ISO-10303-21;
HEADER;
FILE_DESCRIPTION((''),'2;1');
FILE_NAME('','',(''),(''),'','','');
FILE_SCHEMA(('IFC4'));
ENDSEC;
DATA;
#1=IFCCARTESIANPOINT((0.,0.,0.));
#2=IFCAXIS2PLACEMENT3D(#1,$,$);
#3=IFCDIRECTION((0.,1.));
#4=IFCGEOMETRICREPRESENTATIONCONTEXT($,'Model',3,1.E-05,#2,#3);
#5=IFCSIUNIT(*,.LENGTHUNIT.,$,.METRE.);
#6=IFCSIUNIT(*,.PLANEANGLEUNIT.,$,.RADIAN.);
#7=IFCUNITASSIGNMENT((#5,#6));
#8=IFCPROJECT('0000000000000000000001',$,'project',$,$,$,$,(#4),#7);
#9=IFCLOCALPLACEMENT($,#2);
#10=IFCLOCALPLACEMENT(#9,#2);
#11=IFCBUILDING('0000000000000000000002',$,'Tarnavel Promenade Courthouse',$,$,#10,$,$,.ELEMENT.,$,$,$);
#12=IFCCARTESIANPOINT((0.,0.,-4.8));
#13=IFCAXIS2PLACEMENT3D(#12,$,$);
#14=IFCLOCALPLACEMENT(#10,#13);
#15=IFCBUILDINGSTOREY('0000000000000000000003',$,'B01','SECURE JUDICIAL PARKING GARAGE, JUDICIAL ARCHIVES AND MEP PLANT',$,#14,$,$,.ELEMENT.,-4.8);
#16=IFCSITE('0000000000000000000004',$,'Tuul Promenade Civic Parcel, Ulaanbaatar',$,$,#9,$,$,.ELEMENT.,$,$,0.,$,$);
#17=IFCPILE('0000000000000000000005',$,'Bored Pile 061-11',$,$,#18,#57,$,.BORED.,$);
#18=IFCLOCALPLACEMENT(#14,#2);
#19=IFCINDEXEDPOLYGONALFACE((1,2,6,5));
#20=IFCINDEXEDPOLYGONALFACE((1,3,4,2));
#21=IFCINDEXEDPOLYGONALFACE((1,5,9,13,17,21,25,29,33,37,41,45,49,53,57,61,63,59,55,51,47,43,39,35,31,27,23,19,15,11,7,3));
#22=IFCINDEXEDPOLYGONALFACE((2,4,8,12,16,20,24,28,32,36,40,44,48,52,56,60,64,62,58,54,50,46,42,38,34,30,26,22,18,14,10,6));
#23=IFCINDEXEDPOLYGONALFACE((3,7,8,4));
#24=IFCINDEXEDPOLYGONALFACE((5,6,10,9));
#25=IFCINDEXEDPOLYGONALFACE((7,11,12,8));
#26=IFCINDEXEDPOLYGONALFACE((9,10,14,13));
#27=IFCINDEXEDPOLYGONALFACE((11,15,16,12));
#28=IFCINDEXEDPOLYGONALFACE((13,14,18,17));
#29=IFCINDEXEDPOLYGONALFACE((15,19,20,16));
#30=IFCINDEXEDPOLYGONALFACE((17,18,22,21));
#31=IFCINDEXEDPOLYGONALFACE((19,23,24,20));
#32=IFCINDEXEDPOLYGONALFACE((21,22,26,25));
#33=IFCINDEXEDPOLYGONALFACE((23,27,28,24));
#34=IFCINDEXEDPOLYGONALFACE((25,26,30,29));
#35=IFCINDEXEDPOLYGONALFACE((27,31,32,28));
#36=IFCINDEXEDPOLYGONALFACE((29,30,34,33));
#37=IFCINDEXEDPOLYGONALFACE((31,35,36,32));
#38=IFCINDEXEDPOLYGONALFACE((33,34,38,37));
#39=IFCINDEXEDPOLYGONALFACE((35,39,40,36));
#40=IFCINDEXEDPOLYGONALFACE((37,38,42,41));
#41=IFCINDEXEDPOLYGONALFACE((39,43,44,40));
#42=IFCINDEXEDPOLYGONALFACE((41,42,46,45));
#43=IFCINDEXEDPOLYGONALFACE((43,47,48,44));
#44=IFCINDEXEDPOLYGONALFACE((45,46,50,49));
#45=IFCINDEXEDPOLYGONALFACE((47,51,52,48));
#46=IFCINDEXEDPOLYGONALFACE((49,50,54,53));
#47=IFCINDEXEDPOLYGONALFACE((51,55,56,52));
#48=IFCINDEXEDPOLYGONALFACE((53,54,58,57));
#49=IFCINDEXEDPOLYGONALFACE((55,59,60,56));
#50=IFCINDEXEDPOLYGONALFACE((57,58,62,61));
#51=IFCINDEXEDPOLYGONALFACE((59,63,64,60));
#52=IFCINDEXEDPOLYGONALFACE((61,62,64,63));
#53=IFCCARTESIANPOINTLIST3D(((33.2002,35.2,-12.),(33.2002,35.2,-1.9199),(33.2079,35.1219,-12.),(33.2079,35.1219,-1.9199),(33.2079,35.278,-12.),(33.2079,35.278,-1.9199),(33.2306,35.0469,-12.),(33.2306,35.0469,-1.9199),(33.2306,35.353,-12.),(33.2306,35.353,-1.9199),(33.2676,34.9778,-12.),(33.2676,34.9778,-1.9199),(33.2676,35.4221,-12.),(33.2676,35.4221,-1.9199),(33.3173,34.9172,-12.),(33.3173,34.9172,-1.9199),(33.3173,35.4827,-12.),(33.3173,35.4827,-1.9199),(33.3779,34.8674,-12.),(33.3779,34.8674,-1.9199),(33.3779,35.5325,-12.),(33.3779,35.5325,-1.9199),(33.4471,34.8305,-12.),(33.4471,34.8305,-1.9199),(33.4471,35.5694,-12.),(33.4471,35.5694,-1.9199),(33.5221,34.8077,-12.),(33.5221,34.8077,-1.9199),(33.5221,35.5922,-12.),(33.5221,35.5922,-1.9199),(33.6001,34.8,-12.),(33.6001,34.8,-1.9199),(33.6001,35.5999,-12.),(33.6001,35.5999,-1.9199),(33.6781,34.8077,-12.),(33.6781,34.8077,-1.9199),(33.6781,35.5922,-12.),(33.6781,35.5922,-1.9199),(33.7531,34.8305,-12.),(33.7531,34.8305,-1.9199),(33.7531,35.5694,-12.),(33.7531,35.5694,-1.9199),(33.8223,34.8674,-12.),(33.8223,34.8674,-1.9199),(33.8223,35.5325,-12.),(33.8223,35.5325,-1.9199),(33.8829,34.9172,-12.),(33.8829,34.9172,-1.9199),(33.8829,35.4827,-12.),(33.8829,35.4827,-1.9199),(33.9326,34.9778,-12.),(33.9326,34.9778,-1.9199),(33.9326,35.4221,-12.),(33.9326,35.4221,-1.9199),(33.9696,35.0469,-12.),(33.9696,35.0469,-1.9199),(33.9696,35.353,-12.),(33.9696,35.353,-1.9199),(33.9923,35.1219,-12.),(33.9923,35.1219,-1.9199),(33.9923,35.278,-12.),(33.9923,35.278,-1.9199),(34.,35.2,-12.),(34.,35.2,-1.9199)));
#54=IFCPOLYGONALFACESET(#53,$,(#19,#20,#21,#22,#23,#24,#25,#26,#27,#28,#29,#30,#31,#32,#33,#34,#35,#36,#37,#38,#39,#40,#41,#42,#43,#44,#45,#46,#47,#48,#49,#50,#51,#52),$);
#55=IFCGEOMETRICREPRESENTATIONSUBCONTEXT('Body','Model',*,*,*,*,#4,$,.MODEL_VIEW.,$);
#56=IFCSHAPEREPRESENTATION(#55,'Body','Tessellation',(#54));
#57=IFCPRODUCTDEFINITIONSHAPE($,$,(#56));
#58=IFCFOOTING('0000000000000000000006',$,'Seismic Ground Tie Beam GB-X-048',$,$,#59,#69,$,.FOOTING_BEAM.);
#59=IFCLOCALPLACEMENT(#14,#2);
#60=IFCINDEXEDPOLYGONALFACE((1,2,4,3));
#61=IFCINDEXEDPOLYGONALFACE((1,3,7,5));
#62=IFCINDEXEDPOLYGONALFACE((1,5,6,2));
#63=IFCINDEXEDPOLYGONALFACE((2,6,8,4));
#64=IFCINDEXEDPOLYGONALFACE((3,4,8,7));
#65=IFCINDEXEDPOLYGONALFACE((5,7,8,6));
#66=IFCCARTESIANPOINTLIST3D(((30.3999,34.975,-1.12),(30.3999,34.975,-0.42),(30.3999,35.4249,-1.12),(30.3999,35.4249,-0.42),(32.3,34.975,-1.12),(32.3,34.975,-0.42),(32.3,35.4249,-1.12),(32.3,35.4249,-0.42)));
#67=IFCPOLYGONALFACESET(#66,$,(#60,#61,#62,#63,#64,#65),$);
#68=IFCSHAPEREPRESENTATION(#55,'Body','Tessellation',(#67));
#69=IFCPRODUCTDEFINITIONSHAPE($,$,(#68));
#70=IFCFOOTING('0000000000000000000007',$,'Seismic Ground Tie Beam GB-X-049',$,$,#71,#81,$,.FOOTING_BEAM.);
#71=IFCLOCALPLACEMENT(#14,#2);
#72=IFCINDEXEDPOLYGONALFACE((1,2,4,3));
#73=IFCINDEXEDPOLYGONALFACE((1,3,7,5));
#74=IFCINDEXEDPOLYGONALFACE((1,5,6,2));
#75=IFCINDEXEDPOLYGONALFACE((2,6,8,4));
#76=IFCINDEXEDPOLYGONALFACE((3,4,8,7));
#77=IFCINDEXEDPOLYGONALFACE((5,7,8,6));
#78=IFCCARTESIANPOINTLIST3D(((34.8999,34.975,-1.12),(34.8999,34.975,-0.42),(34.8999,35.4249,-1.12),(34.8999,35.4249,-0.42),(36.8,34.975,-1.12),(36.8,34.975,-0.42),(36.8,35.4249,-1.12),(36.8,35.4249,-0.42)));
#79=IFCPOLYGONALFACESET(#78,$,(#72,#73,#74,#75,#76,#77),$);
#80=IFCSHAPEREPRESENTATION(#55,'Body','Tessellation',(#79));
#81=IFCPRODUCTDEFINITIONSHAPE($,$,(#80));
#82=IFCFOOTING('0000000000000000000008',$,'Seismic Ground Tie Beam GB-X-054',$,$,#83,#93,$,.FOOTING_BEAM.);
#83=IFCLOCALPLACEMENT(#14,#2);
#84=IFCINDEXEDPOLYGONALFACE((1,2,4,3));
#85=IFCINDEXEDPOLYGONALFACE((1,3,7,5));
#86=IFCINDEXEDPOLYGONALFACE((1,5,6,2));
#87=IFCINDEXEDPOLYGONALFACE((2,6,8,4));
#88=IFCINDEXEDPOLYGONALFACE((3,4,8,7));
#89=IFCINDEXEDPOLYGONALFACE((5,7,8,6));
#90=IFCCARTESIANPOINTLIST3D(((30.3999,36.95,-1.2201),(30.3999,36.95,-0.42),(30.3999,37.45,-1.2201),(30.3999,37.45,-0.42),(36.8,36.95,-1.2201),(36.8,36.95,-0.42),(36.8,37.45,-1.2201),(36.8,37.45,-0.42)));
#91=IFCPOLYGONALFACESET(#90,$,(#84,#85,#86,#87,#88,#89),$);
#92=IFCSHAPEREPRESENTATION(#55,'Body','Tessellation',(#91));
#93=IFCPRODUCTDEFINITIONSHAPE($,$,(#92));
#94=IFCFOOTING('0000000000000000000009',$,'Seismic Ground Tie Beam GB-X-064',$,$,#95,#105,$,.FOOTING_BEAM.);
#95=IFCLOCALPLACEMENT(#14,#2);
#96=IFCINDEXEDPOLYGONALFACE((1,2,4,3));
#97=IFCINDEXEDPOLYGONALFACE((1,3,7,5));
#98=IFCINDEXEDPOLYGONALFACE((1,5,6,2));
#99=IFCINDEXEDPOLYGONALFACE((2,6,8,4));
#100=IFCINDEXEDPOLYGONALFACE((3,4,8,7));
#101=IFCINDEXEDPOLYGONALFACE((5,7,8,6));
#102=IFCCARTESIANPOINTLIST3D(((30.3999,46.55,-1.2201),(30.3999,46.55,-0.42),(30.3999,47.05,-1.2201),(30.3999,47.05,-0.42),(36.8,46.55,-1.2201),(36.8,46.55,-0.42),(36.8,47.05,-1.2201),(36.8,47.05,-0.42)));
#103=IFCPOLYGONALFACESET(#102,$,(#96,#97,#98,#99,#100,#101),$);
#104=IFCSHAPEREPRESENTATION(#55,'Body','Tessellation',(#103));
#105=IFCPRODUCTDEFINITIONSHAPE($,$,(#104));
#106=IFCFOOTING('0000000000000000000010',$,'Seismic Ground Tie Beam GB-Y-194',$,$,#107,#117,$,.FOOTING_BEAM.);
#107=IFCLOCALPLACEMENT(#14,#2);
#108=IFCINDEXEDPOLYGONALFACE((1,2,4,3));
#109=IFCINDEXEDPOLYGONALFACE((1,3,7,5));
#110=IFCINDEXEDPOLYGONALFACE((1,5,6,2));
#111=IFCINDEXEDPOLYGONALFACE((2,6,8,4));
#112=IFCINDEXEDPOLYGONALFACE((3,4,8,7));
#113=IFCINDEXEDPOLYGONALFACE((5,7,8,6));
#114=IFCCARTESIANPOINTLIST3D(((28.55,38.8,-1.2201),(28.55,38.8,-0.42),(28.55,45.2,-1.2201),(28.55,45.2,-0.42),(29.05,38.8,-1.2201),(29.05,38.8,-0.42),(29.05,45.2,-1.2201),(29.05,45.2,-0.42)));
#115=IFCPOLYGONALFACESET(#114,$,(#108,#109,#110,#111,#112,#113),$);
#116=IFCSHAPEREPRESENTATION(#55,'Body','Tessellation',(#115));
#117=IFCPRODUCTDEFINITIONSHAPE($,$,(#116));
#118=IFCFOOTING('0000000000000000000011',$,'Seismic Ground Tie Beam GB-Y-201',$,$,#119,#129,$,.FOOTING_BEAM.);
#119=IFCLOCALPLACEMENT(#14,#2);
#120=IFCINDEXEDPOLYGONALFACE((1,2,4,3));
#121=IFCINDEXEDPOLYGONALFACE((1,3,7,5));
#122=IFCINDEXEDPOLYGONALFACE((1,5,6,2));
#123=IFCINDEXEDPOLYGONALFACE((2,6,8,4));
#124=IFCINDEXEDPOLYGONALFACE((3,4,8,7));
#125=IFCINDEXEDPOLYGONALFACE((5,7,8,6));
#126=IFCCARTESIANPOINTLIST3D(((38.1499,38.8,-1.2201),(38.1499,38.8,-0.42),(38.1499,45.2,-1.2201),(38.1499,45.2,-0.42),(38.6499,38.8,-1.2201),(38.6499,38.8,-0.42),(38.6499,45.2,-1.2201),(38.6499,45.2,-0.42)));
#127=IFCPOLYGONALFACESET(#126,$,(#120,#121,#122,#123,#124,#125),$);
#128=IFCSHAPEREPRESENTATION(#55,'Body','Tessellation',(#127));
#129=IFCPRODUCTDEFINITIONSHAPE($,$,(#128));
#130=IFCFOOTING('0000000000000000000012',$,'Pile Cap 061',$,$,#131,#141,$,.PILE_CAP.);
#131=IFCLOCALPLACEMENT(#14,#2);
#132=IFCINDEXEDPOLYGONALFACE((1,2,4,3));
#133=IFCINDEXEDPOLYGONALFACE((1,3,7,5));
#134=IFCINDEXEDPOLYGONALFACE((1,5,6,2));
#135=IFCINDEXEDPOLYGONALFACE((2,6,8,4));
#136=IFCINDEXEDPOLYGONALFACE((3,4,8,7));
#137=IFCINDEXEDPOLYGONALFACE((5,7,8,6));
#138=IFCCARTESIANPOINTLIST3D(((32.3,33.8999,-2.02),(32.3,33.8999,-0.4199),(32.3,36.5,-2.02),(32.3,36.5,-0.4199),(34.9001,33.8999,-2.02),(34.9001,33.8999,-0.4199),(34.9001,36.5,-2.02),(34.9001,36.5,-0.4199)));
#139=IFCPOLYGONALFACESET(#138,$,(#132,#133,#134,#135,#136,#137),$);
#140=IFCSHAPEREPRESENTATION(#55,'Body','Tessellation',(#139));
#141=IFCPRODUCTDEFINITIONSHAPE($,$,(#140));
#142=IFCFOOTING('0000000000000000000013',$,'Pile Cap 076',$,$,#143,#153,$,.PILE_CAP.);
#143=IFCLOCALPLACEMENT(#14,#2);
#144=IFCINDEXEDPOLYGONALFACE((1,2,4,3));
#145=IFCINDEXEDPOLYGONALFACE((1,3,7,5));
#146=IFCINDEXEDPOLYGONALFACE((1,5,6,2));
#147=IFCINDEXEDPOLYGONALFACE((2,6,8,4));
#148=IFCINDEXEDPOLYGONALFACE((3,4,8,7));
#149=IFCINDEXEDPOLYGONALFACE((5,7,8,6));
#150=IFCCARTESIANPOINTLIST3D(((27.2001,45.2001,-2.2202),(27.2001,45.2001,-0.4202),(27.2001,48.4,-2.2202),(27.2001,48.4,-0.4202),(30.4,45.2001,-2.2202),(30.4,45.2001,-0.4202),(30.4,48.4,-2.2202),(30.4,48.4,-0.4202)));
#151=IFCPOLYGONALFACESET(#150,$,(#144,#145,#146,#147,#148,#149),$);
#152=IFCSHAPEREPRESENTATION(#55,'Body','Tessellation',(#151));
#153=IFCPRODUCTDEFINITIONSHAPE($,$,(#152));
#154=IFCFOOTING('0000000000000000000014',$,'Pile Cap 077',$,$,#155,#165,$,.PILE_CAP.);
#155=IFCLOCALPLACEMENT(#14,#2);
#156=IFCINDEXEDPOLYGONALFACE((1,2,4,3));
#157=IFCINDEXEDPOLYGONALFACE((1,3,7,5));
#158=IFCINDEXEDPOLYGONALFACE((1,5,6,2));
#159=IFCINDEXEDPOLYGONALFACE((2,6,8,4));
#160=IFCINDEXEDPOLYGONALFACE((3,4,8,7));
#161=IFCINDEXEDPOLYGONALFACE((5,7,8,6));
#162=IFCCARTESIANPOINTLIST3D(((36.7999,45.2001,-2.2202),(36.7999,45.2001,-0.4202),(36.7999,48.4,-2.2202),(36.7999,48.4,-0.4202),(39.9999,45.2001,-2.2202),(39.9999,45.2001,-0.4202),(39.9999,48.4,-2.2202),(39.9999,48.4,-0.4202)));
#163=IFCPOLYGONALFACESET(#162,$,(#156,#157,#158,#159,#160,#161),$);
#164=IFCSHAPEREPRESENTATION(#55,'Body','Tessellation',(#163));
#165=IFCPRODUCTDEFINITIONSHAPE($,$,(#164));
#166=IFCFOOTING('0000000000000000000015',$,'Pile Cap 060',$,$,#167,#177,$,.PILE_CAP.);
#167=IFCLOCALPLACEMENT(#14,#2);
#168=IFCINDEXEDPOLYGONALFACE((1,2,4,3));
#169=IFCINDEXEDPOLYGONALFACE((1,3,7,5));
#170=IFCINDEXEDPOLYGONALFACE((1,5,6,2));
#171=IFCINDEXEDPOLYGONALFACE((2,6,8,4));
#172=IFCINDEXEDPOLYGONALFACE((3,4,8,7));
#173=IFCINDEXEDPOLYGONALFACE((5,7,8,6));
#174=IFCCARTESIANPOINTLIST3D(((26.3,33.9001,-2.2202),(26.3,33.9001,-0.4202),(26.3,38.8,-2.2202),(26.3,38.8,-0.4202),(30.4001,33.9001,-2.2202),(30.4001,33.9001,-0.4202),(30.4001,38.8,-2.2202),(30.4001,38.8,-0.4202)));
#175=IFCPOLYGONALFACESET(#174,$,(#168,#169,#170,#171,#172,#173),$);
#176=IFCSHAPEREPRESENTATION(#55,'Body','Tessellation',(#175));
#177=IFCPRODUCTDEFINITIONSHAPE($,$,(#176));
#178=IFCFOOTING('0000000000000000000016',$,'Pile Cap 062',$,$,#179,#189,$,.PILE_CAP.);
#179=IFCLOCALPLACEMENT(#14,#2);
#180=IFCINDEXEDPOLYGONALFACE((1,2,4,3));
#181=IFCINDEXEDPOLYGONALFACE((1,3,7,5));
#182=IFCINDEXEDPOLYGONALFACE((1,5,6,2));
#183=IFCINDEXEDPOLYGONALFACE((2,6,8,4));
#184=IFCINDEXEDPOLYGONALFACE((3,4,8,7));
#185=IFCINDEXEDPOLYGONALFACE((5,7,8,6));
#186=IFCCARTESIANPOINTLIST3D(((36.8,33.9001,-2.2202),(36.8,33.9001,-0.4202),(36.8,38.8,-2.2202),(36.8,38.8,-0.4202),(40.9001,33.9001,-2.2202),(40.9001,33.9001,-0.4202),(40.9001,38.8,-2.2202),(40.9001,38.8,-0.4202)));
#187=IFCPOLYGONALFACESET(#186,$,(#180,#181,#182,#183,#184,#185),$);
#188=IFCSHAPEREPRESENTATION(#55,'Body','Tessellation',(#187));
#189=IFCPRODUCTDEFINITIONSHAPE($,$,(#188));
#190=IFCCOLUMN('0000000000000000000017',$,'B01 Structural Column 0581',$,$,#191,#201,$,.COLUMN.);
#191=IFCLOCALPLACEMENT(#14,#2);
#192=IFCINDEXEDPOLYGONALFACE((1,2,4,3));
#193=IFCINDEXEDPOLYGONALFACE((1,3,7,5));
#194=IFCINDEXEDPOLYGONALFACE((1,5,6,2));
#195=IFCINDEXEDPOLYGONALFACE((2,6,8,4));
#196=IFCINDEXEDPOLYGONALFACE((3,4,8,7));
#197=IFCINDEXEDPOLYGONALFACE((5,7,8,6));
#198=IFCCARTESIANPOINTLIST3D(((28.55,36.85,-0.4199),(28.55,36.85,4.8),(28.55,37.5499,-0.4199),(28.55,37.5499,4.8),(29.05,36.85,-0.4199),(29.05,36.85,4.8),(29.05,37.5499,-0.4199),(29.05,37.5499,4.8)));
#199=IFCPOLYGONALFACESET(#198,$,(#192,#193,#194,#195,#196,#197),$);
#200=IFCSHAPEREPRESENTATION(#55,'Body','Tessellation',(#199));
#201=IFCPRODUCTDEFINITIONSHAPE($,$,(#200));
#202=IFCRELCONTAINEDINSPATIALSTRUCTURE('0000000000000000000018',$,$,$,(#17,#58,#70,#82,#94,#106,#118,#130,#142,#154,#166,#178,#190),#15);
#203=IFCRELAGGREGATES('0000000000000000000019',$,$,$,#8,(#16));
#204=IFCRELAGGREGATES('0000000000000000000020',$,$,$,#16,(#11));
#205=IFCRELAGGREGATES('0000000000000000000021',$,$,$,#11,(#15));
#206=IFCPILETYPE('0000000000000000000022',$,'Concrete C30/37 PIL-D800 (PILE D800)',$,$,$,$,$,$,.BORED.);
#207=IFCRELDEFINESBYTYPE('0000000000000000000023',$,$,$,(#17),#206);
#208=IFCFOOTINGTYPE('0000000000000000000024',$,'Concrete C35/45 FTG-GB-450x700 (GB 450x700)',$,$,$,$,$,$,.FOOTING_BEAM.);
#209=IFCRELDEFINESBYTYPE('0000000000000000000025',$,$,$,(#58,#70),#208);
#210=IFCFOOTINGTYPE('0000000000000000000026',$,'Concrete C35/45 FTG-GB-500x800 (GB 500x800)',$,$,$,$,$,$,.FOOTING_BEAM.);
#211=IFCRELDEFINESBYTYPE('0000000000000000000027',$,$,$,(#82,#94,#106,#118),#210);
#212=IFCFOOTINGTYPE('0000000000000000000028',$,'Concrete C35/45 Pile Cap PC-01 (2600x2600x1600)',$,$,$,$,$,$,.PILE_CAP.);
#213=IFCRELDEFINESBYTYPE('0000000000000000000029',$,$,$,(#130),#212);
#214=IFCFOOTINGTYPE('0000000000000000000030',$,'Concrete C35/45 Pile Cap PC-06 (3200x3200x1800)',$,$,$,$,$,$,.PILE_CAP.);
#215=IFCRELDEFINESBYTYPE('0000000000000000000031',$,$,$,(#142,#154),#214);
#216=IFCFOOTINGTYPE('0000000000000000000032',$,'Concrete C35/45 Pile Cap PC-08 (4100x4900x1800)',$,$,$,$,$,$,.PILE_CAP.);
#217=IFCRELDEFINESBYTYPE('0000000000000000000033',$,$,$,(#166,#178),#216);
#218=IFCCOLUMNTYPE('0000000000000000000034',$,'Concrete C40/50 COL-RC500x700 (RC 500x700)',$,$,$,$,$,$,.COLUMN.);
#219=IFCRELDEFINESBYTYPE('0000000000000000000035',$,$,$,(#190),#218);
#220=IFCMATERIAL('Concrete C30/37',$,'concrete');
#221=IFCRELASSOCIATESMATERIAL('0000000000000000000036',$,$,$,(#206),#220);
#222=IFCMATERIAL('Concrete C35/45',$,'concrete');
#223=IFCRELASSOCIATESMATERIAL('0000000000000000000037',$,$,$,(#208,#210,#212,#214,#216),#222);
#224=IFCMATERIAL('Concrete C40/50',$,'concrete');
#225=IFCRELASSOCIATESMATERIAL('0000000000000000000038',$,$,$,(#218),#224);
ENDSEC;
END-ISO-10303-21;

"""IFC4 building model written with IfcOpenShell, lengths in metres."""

from ifc_helpers import new_model, si_unit, direction, frame, origin, origin_2d, place, context, subcontext, project, spatial, rectangle, circle, extrude, material, material_profile, profile_set, type_object, element, save


model = new_model("IFC4")

# Units and contexts
model_context = context("Model", 3, precision=1e-05, world=origin(), true_north=direction((0.0, 1.0)))
body_context = subcontext(model_context, "Body", "Model", "MODEL_VIEW")
ifc_project = project(units=[si_unit("LENGTHUNIT", "METRE"), si_unit("PLANEANGLEUNIT", "RADIAN")], contexts=[model_context])

# Site, building, storey
site_placement = place(None, origin())
site = spatial("IfcSite", under=ifc_project, at=site_placement, Name="Tuul Promenade Civic Parcel, Ulaanbaatar", CompositionType="ELEMENT", RefElevation=0.0)
building_placement = place(site_placement, origin())
building = spatial("IfcBuilding", under=site, at=building_placement, Name="Tarnavel Promenade Courthouse", CompositionType="ELEMENT")
storey_placement = place(building_placement, frame((0.0, 0.0, -4.8)))
storey = spatial("IfcBuildingStorey", under=building, at=storey_placement, Name="B01", Description="SECURE JUDICIAL PARKING GARAGE, JUDICIAL ARCHIVES AND MEP PLANT", CompositionType="ELEMENT", Elevation=-4.8)

# Pile
ifc_material_1 = material(Name="Concrete C30/37", Category="concrete")
ifc_material_profile_1 = material_profile(ifc_material_1, circle(Radius=0.3999, at=origin_2d()), Name="PILE D800")
ifc_profile_set_1 = profile_set([ifc_material_profile_1], Name="Concrete C30/37")
pile_type_1 = type_object("IfcPileType", Name="Concrete C30/37 PIL-D800 (PILE D800)", PredefinedType="BORED", material=ifc_profile_set_1)
pile_placement = place(storey_placement, frame((33.6001, 35.2, -1.9199), z_axis=(0.0, 0.0, -1.0), x_axis=(1.0, 0.0, 0.0)))
element("IfcPile", 1, at=pile_placement, inside=storey, type_object=pile_type_1, Name="Bored Pile 061-11", PredefinedType="BORED", context=body_context, shape_type="SweptSolid", body=[
    extrude(circle(Radius=0.3999, at=origin_2d()), origin(), (0.0, 0.0, 1.0), 10.0801),
])

# Footings
ifc_material_2 = material(Name="Concrete C35/45", Category="concrete")
ifc_material_profile_2 = material_profile(ifc_material_2, rectangle(XDim=0.45, YDim=0.7, at=origin_2d()), Name="GB 450x700")
ifc_profile_set_2 = profile_set([ifc_material_profile_2], Name="Concrete C35/45")
footing_type_1 = type_object("IfcFootingType", Name="Concrete C35/45 FTG-GB-450x700 (GB 450x700)", PredefinedType="FOOTING_BEAM", material=ifc_profile_set_2)
for number, where, z_axis, x_axis, name in (
    (2, (30.3999, 35.2, -0.77), (1.0, 0.0, 0.0), (0.0, 1.0, 0.0), "Seismic Ground Tie Beam GB-X-048"),
    (3, (34.8999, 35.2, -0.77), (1.0, 0.0, 0.0), (0.0, 1.0, 0.0), "Seismic Ground Tie Beam GB-X-049"),
):
    element("IfcFooting", number, at=place(storey_placement, frame(where, z_axis=z_axis, x_axis=x_axis)), inside=storey, type_object=footing_type_1, Name=name, PredefinedType="FOOTING_BEAM", context=body_context, shape_type="SweptSolid", body=[
        extrude(rectangle(XDim=0.45, YDim=0.7, at=origin_2d()), origin(), (0.0, 0.0, 1.0), 1.9001),
    ])
ifc_material_profile_3 = material_profile(ifc_material_2, rectangle(XDim=0.5, YDim=0.8, at=origin_2d()), Name="GB 500x800")
ifc_profile_set_3 = profile_set([ifc_material_profile_3], Name="Concrete C35/45")
footing_type_2 = type_object("IfcFootingType", Name="Concrete C35/45 FTG-GB-500x800 (GB 500x800)", PredefinedType="FOOTING_BEAM", material=ifc_profile_set_3)
for number, where, z_axis, x_axis, name in (
    (4, (30.3999, 37.2, -0.8201), (1.0, 0.0, 0.0), (0.0, 1.0, 0.0), "Seismic Ground Tie Beam GB-X-054"),
    (5, (30.3999, 46.8, -0.8201), (1.0, 0.0, 0.0), (0.0, 1.0, 0.0), "Seismic Ground Tie Beam GB-X-064"),
):
    element("IfcFooting", number, at=place(storey_placement, frame(where, z_axis=z_axis, x_axis=x_axis)), inside=storey, type_object=footing_type_2, Name=name, PredefinedType="FOOTING_BEAM", context=body_context, shape_type="SweptSolid", body=[
        extrude(rectangle(XDim=0.5, YDim=0.8, at=origin_2d()), origin(), (0.0, 0.0, 1.0), 6.4001),
    ])
for number, where, z_axis, x_axis, name in (
    (6, (28.8, 38.8, -0.8201), (0.0, 1.0, 0.0), (-1.0, 0.0, 0.0), "Seismic Ground Tie Beam GB-Y-194"),
    (7, (38.3999, 38.8, -0.8201), (0.0, 1.0, 0.0), (-1.0, 0.0, 0.0), "Seismic Ground Tie Beam GB-Y-201"),
):
    element("IfcFooting", number, at=place(storey_placement, frame(where, z_axis=z_axis, x_axis=x_axis)), inside=storey, type_object=footing_type_2, Name=name, PredefinedType="FOOTING_BEAM", context=body_context, shape_type="SweptSolid", body=[
        extrude(rectangle(XDim=0.5, YDim=0.8, at=origin_2d()), origin(), (0.0, 0.0, 1.0), 6.3999),
    ])
footing_type_3 = type_object("IfcFootingType", Name="Concrete C35/45 Pile Cap PC-01 (2600x2600x1600)", PredefinedType="PILE_CAP", material=ifc_material_2)
footing_placement = place(storey_placement, frame((33.6001, 35.2, -2.02), z_axis=(0.0, 0.0, 1.0), x_axis=(1.0, 0.0, 0.0)))
element("IfcFooting", 8, at=footing_placement, inside=storey, type_object=footing_type_3, Name="Pile Cap 061", PredefinedType="PILE_CAP", context=body_context, shape_type="SweptSolid", body=[
    extrude(rectangle(XDim=2.6001, YDim=2.6001, at=origin_2d()), origin(), (0.0, 0.0, 1.0), 1.6001),
])
footing_type_4 = type_object("IfcFootingType", Name="Concrete C35/45 Pile Cap PC-06 (3200x3200x1800)", PredefinedType="PILE_CAP", material=ifc_material_2)
for number, where, z_axis, x_axis, name in (
    (9, (28.8, 46.8, -2.2202), (0.0, 0.0, 1.0), (1.0, 0.0, 0.0), "Pile Cap 076"),
    (10, (38.3999, 46.8, -2.2202), (0.0, 0.0, 1.0), (1.0, 0.0, 0.0), "Pile Cap 077"),
):
    element("IfcFooting", number, at=place(storey_placement, frame(where, z_axis=z_axis, x_axis=x_axis)), inside=storey, type_object=footing_type_4, Name=name, PredefinedType="PILE_CAP", context=body_context, shape_type="SweptSolid", body=[
        extrude(rectangle(XDim=3.2, YDim=3.2, at=origin_2d()), origin(), (0.0, 0.0, 1.0), 1.8),
    ])
footing_type_5 = type_object("IfcFootingType", Name="Concrete C35/45 Pile Cap PC-08 (4100x4900x1800)", PredefinedType="PILE_CAP", material=ifc_material_2)
for number, where, z_axis, x_axis, name in (
    (11, (28.3501, 36.3501, -2.2202), (0.0, 0.0, 1.0), (1.0, 0.0, 0.0), "Pile Cap 060"),
    (12, (38.8501, 36.3501, -2.2202), (0.0, 0.0, 1.0), (1.0, 0.0, 0.0), "Pile Cap 062"),
):
    element("IfcFooting", number, at=place(storey_placement, frame(where, z_axis=z_axis, x_axis=x_axis)), inside=storey, type_object=footing_type_5, Name=name, PredefinedType="PILE_CAP", context=body_context, shape_type="SweptSolid", body=[
        extrude(rectangle(XDim=4.1001, YDim=4.8999, at=origin_2d()), origin(), (0.0, 0.0, 1.0), 1.8),
    ])

# Column
ifc_material_3 = material(Name="Concrete C40/50", Category="concrete")
ifc_material_profile_4 = material_profile(ifc_material_3, rectangle(XDim=0.5, YDim=0.7, at=origin_2d()), Name="RC 500x700")
ifc_profile_set_4 = profile_set([ifc_material_profile_4], Name="Concrete C40/50")
column_type_1 = type_object("IfcColumnType", Name="Concrete C40/50 COL-RC500x700 (RC 500x700)", PredefinedType="COLUMN", material=ifc_profile_set_4)
for number, where, z_axis, x_axis, name in (
    (13, (28.8, 37.2, -0.4199), (0.0, 0.0, 1.0), (1.0, 0.0, 0.0), "B01 Structural Column 0581"),
):
    element("IfcColumn", number, at=place(storey_placement, frame(where, z_axis=z_axis, x_axis=x_axis)), inside=storey, type_object=column_type_1, Name=name, PredefinedType="COLUMN", context=body_context, shape_type="SweptSolid", body=[
        extrude(rectangle(XDim=0.5, YDim=0.7, at=origin_2d()), origin(), (0.0, 0.0, 1.0), 5.22),
    ])

save(model, "model.ifc")
